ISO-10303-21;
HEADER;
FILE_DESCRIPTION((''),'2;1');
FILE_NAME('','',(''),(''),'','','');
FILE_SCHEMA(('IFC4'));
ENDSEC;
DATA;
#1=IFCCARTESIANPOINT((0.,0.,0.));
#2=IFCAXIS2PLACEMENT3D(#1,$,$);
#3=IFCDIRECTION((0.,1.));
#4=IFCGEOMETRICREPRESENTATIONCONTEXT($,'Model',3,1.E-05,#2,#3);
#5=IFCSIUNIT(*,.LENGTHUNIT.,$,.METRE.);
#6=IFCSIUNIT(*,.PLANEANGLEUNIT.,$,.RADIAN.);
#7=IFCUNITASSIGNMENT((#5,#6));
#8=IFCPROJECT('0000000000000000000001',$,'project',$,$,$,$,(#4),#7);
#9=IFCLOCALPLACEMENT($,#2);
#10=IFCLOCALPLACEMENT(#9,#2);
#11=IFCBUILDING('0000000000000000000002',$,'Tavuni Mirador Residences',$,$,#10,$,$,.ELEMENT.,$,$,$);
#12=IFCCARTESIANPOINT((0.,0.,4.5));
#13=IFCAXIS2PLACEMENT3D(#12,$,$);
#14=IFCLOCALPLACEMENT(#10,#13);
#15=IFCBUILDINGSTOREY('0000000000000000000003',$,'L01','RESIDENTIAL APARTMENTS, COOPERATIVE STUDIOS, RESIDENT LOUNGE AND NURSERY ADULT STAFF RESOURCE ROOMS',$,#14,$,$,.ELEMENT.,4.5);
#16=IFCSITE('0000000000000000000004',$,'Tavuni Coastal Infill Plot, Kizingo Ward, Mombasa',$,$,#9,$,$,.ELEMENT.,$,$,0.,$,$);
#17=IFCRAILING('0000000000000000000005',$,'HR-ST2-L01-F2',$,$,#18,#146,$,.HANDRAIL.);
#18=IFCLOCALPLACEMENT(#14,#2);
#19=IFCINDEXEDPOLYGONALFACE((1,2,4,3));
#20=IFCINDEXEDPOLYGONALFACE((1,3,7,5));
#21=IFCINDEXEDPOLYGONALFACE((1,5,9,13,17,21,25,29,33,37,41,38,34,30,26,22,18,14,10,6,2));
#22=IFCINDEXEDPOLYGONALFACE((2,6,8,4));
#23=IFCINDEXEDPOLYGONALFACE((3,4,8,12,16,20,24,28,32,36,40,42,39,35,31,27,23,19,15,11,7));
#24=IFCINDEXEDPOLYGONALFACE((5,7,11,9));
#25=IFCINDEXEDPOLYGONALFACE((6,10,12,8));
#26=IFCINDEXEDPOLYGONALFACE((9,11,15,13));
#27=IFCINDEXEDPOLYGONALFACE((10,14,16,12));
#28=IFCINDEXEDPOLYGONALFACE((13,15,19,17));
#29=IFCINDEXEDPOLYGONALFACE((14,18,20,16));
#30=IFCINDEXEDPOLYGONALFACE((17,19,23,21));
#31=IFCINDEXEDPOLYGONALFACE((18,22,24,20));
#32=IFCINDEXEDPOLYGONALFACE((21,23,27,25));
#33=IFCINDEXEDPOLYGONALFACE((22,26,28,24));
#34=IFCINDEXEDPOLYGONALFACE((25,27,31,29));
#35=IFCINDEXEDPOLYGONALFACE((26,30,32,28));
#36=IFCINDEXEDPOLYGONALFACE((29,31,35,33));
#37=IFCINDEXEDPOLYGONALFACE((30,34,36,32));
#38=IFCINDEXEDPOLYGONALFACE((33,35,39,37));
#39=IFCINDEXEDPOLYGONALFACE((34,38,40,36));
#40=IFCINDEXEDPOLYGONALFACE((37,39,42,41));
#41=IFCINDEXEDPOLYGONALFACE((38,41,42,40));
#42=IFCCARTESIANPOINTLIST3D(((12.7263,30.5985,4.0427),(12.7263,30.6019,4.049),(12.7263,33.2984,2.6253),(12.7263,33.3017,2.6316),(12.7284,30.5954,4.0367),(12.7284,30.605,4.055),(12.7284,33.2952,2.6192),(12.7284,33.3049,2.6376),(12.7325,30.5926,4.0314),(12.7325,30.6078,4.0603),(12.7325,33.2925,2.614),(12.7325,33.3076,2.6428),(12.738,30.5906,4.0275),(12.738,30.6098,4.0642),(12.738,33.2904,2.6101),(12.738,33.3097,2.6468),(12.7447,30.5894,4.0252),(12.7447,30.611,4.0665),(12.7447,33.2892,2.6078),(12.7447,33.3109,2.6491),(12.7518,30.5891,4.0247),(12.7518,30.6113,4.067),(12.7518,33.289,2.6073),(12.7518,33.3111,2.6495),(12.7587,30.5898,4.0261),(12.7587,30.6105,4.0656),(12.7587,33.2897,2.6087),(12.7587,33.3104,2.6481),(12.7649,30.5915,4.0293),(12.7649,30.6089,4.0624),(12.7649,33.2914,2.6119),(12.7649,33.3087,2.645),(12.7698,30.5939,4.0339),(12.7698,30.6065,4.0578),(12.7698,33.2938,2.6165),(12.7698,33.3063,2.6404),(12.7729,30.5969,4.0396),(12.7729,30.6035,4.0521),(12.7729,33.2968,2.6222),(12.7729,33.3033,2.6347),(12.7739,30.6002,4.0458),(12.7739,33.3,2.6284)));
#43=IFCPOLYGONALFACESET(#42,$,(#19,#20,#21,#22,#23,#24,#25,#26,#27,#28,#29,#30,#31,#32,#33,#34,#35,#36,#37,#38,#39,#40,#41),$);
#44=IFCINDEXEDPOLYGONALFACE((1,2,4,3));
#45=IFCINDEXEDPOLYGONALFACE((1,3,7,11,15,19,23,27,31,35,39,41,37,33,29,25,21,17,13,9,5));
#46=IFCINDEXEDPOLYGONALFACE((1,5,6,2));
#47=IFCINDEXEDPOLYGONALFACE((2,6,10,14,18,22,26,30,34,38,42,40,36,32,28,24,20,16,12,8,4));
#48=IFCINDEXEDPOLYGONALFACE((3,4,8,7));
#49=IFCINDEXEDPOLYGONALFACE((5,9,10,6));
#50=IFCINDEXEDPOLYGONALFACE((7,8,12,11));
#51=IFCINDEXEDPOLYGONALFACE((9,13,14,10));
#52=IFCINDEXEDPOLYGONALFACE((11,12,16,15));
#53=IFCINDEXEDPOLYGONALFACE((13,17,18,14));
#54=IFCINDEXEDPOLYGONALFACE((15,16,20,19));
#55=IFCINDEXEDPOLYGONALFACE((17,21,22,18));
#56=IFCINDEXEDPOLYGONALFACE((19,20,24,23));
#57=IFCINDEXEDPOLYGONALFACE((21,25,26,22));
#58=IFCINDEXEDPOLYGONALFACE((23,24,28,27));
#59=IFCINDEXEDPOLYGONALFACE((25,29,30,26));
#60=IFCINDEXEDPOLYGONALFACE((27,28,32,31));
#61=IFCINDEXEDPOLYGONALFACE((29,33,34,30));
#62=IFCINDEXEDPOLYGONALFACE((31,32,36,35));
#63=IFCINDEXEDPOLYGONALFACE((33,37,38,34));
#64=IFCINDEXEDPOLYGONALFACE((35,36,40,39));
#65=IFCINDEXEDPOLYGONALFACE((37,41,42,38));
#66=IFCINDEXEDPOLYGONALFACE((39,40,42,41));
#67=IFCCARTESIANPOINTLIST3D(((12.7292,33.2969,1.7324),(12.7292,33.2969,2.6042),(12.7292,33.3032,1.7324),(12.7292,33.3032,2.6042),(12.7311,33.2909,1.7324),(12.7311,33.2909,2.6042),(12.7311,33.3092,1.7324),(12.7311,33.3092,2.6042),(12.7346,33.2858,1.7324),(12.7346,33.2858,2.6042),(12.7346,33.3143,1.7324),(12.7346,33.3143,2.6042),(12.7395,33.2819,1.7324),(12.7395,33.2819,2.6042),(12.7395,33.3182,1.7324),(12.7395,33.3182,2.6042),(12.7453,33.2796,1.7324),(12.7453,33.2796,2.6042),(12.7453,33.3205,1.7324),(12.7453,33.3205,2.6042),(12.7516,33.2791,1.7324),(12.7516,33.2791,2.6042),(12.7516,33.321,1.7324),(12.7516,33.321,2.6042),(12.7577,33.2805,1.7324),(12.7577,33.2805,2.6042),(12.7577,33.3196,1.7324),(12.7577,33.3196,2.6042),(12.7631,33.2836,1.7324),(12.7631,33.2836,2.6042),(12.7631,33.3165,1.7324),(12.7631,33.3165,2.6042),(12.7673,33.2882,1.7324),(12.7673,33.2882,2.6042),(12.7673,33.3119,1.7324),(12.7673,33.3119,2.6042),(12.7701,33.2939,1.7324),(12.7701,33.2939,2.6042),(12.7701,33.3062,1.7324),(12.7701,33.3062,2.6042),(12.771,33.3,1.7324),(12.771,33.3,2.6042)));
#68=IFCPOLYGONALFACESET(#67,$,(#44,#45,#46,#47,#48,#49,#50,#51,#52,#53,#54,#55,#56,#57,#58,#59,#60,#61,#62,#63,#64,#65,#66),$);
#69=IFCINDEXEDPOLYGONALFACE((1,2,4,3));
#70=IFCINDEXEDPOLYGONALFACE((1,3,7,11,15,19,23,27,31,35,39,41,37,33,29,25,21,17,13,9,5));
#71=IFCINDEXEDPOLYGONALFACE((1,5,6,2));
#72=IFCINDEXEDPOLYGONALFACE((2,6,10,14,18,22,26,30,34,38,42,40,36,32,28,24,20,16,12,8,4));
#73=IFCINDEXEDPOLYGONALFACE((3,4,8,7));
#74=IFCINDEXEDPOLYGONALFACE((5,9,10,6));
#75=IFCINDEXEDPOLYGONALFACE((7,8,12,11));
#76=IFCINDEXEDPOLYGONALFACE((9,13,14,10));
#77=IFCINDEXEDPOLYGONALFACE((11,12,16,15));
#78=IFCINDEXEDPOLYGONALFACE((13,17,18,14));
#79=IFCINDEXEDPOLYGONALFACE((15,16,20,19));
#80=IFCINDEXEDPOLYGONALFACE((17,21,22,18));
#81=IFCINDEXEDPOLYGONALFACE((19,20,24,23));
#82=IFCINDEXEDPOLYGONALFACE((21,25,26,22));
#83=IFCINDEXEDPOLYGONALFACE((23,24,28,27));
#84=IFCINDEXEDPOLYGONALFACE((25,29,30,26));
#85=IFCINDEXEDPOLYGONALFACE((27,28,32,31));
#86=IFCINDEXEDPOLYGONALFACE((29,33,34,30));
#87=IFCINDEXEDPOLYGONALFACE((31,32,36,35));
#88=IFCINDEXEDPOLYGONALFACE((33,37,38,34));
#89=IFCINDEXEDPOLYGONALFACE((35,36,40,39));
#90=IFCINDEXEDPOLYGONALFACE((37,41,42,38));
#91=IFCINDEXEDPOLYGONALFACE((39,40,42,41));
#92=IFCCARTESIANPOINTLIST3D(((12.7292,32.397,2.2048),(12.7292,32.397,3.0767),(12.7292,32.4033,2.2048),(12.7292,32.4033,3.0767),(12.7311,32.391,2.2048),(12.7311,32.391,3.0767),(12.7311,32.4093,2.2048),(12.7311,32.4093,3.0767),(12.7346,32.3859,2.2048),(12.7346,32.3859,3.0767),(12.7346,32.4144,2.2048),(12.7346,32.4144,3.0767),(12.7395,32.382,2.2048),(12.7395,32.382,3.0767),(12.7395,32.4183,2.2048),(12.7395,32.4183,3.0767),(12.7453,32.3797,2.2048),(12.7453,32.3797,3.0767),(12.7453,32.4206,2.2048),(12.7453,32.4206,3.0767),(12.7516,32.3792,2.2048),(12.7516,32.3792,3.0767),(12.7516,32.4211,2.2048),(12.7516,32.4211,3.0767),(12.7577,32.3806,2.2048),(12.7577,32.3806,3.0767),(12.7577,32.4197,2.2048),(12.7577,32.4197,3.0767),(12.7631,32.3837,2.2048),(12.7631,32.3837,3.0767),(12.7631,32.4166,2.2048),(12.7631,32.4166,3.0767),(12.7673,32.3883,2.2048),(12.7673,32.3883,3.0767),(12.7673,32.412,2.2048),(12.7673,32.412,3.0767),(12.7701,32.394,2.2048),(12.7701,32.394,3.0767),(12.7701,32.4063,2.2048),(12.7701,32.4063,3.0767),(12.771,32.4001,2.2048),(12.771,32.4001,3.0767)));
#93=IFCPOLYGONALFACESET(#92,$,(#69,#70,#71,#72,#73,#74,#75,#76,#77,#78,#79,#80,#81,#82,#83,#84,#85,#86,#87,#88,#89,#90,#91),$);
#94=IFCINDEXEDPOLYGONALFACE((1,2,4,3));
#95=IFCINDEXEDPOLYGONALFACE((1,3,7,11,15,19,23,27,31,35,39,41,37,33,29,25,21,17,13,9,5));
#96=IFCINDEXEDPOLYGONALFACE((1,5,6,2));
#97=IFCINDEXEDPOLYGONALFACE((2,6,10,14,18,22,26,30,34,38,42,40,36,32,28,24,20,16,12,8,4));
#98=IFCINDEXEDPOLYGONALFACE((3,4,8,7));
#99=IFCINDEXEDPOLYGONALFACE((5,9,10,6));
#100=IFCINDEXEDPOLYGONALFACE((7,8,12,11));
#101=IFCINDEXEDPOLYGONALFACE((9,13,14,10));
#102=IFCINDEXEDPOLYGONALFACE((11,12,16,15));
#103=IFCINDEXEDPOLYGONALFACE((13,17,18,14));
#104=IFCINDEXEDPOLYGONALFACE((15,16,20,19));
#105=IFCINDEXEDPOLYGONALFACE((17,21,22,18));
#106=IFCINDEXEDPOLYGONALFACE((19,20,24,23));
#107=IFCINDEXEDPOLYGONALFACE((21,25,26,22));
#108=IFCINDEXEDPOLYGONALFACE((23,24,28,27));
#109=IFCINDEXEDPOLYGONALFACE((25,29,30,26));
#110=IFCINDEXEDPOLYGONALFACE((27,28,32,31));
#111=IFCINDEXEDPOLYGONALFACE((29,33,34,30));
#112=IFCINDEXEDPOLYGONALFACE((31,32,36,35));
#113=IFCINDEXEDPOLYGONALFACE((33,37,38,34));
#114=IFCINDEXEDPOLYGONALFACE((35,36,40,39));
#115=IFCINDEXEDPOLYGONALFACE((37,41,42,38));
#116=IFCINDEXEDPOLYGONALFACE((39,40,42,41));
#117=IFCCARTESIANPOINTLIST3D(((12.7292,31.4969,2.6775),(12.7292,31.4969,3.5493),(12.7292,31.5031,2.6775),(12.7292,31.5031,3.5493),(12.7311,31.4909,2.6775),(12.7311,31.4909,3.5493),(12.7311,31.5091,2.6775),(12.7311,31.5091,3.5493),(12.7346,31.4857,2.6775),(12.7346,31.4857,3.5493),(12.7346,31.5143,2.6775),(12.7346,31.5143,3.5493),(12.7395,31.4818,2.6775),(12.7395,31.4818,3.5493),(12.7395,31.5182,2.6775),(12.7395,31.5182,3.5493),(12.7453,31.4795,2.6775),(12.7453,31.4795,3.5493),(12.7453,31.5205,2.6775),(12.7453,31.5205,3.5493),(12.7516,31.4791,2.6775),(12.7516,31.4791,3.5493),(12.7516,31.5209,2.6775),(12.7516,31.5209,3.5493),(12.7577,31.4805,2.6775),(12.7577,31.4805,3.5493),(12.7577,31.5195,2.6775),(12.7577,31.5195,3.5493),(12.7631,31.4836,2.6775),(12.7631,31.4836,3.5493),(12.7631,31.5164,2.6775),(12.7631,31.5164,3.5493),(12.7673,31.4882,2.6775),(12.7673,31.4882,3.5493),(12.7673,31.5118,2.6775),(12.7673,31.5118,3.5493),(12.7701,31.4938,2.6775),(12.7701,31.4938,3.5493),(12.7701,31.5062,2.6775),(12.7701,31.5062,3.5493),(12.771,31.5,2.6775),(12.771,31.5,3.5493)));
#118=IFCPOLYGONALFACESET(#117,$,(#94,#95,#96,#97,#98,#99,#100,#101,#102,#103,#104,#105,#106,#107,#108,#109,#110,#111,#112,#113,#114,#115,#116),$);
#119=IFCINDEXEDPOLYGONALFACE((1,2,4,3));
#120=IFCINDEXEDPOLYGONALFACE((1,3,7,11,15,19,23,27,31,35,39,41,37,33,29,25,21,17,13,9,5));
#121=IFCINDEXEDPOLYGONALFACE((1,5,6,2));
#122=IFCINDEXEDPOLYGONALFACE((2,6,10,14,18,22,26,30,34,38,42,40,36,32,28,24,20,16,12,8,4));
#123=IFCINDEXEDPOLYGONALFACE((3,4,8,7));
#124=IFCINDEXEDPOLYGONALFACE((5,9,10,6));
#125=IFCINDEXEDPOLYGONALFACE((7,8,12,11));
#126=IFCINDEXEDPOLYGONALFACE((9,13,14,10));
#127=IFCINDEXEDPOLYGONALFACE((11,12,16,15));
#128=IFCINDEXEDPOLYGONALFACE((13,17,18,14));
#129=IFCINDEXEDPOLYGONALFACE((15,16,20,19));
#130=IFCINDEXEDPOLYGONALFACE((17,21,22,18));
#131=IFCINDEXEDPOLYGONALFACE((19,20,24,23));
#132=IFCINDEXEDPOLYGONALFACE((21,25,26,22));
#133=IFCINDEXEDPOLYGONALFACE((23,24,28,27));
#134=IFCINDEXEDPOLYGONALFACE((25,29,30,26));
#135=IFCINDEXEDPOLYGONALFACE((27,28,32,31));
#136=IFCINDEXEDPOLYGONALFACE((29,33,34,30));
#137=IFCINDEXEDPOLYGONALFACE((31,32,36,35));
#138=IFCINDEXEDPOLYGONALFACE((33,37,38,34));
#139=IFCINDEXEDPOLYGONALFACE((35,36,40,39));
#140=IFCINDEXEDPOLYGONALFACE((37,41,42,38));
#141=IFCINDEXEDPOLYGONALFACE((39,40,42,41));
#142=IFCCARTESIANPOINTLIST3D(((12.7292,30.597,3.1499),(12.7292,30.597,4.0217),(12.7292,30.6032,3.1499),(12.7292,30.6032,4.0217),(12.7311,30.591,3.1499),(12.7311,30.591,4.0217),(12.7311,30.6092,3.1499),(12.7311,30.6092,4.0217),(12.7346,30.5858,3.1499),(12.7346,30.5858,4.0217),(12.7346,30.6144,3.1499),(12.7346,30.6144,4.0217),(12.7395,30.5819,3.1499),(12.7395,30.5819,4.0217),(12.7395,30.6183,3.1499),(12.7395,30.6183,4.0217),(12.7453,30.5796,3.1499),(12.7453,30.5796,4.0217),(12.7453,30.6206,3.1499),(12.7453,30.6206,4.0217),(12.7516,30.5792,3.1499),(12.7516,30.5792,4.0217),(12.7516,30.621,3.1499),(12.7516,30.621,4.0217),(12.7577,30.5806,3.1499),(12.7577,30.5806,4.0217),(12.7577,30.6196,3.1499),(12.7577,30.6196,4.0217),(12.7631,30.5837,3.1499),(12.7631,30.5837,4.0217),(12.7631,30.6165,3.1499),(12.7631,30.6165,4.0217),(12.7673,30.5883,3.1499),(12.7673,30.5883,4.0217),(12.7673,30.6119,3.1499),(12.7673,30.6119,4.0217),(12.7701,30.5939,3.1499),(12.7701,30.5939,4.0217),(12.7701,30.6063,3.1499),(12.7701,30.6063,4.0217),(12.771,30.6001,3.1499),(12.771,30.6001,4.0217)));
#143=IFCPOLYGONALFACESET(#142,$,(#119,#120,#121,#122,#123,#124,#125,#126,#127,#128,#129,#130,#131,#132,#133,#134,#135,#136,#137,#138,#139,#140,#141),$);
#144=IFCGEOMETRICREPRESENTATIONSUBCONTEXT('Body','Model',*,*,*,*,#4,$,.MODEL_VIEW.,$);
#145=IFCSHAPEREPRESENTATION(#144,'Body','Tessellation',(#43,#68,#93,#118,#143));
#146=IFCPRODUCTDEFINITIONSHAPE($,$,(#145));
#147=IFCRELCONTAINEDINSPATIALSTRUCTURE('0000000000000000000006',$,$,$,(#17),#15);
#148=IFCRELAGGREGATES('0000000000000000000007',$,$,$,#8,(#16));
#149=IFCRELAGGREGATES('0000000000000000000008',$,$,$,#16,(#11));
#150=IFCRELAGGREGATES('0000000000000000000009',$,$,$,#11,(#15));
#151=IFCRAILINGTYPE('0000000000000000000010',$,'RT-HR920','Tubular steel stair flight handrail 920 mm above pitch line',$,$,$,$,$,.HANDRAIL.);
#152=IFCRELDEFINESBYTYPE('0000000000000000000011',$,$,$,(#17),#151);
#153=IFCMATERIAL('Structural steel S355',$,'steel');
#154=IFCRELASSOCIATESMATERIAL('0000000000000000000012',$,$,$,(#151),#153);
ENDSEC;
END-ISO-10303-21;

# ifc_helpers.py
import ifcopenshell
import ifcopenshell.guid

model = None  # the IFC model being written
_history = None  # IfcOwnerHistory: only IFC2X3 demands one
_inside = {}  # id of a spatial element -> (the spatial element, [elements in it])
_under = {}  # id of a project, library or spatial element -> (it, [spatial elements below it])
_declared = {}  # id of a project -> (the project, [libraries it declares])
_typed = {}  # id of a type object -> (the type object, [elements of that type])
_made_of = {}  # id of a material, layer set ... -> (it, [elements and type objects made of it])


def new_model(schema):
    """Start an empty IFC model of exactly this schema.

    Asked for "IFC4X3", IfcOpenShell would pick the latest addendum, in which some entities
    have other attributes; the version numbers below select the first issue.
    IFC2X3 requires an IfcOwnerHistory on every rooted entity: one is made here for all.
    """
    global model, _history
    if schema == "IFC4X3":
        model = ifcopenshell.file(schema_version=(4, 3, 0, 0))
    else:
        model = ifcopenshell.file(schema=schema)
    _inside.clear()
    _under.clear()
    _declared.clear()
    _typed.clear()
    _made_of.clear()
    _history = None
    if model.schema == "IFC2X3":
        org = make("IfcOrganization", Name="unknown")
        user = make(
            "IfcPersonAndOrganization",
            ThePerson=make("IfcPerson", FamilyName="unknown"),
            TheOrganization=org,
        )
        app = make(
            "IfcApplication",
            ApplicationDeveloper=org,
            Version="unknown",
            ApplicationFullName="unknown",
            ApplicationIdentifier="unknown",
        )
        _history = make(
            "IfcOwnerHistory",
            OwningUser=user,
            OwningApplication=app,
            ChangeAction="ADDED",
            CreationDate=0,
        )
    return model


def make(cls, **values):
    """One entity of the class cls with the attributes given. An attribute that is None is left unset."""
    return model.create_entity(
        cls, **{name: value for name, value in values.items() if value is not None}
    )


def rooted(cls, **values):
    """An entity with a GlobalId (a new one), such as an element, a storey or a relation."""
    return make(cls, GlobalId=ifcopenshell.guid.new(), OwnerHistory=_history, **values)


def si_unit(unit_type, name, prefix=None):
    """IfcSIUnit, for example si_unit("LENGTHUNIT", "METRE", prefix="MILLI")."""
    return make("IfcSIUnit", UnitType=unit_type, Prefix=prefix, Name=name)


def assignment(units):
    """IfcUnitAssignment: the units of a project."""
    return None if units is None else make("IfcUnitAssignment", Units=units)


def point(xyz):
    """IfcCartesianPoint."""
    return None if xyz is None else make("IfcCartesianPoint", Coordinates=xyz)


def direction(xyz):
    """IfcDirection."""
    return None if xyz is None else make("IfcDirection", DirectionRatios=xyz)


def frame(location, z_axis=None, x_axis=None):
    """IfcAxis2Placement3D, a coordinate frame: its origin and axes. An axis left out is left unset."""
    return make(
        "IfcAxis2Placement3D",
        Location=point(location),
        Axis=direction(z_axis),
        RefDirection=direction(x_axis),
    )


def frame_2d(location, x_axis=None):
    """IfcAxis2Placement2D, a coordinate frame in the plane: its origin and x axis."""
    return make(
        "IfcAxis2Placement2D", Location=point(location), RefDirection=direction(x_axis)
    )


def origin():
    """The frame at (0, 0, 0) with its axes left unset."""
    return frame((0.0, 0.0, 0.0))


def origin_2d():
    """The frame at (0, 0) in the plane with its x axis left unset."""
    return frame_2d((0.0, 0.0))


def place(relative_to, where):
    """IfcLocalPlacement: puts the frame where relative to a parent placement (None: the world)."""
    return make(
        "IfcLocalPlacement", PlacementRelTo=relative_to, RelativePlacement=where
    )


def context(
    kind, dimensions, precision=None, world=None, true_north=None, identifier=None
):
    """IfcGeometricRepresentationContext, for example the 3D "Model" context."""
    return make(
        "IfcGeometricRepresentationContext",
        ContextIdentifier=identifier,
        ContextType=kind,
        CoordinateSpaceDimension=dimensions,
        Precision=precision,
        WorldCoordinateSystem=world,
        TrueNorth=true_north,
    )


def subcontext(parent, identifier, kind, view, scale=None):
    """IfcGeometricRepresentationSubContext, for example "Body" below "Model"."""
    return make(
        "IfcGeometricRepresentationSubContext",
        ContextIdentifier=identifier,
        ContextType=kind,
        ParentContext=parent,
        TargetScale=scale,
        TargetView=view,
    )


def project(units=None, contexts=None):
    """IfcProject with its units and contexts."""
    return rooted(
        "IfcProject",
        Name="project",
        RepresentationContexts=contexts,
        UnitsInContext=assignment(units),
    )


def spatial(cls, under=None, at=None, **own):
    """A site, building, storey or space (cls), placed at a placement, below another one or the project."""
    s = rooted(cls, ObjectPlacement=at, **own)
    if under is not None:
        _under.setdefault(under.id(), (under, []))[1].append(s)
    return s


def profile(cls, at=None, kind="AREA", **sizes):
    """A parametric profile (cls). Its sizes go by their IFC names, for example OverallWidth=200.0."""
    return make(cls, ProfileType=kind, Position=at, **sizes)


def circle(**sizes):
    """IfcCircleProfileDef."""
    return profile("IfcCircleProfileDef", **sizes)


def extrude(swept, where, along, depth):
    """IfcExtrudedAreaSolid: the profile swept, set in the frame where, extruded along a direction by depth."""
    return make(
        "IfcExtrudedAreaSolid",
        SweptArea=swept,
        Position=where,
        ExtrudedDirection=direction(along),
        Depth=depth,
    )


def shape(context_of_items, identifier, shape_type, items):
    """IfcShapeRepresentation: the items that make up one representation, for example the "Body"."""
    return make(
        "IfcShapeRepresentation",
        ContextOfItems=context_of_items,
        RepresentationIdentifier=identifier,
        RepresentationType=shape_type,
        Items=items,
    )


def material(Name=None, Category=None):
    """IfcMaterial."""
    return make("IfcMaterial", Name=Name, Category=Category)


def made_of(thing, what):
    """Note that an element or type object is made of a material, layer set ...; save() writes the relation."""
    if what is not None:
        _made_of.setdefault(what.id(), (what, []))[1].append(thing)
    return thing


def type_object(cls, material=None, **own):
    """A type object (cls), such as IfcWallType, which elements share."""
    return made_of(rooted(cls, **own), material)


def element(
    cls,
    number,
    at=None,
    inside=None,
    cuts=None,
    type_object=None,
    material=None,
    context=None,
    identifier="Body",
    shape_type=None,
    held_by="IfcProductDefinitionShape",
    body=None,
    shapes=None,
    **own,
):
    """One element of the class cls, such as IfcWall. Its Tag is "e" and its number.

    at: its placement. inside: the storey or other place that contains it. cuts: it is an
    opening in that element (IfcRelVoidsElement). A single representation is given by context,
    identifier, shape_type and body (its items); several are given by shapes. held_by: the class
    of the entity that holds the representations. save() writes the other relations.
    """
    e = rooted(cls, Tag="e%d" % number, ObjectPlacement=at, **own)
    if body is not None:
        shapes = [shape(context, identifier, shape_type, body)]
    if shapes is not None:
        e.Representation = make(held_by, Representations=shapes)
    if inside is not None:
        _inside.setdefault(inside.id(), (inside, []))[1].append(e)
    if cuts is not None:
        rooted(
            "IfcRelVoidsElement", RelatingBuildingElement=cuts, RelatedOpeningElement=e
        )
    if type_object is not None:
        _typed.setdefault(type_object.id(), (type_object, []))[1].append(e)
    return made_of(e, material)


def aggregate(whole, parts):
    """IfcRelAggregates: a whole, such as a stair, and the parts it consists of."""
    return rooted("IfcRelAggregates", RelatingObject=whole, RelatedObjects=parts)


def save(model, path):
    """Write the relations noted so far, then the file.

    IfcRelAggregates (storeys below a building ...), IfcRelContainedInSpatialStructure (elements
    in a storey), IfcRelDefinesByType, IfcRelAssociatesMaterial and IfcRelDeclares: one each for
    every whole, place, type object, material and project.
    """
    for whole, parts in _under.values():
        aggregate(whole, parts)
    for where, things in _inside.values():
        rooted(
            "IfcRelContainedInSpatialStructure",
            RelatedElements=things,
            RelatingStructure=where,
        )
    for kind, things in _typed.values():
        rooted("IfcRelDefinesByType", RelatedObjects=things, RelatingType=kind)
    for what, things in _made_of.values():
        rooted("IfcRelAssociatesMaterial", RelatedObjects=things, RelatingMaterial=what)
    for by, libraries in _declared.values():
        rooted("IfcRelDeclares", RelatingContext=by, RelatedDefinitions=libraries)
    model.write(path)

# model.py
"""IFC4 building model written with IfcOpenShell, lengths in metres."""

from ifc_helpers import new_model, si_unit, direction, frame, origin, origin_2d, place, context, subcontext, project, spatial, circle, extrude, material, type_object, element, save


model = new_model("IFC4")

# Units and contexts
model_context = context("Model", 3, precision=1e-05, world=origin(), true_north=direction((0.0, 1.0)))
body_context = subcontext(model_context, "Body", "Model", "MODEL_VIEW")
ifc_project = project(units=[si_unit("LENGTHUNIT", "METRE"), si_unit("PLANEANGLEUNIT", "RADIAN")], contexts=[model_context])

# Site, building, storey
site_placement = place(None, origin())
site = spatial("IfcSite", under=ifc_project, at=site_placement, Name="Tavuni Coastal Infill Plot, Kizingo Ward, Mombasa", CompositionType="ELEMENT", RefElevation=0.0)
building_placement = place(site_placement, origin())
building = spatial("IfcBuilding", under=site, at=building_placement, Name="Tavuni Mirador Residences", CompositionType="ELEMENT")
storey_placement = place(building_placement, frame((0.0, 0.0, 4.5)))
storey = spatial("IfcBuildingStorey", under=building, at=storey_placement, Name="L01", Description="RESIDENTIAL APARTMENTS, COOPERATIVE STUDIOS, RESIDENT LOUNGE AND NURSERY ADULT STAFF RESOURCE ROOMS", CompositionType="ELEMENT", Elevation=4.5)

# Shared definitions
ifc_material_1 = material(Name="Structural steel S355", Category="steel")

# Railing
railing_type_1 = type_object("IfcRailingType", Name="RT-HR920", Description="Tubular steel stair flight handrail 920 mm above pitch line", PredefinedType="HANDRAIL", material=ifc_material_1)
railing_1_placement = place(storey_placement, frame((12.75, 33.3, 1.7324)))
element("IfcRailing", 1, at=railing_1_placement, inside=storey, type_object=railing_type_1, Name="HR-ST2-L01-F2", PredefinedType="HANDRAIL", context=body_context, shape_type="SweptSolid", body=[
    extrude(circle(Radius=0.0239, at=origin_2d()), frame((0.0, 0.0, 0.896), z_axis=(0.0, -0.885397, 0.464835), x_axis=(1.0, 0.0, 0.0)), (0.0, 0.0, 1.0), 3.0493),
    extrude(circle(Radius=0.021, at=origin_2d()), origin(), (0.0, 0.0, 1.0), 0.8718),
    extrude(circle(Radius=0.021, at=origin_2d()), frame((0.0, -0.8999, 0.4724)), (0.0, 0.0, 1.0), 0.8718),
    extrude(circle(Radius=0.021, at=origin_2d()), frame((0.0, -1.8, 0.9451)), (0.0, 0.0, 1.0), 0.8718),
    extrude(circle(Radius=0.021, at=origin_2d()), frame((0.0, -2.7, 1.4175)), (0.0, 0.0, 1.0), 0.8718),
])

save(model, "model.ifc")
